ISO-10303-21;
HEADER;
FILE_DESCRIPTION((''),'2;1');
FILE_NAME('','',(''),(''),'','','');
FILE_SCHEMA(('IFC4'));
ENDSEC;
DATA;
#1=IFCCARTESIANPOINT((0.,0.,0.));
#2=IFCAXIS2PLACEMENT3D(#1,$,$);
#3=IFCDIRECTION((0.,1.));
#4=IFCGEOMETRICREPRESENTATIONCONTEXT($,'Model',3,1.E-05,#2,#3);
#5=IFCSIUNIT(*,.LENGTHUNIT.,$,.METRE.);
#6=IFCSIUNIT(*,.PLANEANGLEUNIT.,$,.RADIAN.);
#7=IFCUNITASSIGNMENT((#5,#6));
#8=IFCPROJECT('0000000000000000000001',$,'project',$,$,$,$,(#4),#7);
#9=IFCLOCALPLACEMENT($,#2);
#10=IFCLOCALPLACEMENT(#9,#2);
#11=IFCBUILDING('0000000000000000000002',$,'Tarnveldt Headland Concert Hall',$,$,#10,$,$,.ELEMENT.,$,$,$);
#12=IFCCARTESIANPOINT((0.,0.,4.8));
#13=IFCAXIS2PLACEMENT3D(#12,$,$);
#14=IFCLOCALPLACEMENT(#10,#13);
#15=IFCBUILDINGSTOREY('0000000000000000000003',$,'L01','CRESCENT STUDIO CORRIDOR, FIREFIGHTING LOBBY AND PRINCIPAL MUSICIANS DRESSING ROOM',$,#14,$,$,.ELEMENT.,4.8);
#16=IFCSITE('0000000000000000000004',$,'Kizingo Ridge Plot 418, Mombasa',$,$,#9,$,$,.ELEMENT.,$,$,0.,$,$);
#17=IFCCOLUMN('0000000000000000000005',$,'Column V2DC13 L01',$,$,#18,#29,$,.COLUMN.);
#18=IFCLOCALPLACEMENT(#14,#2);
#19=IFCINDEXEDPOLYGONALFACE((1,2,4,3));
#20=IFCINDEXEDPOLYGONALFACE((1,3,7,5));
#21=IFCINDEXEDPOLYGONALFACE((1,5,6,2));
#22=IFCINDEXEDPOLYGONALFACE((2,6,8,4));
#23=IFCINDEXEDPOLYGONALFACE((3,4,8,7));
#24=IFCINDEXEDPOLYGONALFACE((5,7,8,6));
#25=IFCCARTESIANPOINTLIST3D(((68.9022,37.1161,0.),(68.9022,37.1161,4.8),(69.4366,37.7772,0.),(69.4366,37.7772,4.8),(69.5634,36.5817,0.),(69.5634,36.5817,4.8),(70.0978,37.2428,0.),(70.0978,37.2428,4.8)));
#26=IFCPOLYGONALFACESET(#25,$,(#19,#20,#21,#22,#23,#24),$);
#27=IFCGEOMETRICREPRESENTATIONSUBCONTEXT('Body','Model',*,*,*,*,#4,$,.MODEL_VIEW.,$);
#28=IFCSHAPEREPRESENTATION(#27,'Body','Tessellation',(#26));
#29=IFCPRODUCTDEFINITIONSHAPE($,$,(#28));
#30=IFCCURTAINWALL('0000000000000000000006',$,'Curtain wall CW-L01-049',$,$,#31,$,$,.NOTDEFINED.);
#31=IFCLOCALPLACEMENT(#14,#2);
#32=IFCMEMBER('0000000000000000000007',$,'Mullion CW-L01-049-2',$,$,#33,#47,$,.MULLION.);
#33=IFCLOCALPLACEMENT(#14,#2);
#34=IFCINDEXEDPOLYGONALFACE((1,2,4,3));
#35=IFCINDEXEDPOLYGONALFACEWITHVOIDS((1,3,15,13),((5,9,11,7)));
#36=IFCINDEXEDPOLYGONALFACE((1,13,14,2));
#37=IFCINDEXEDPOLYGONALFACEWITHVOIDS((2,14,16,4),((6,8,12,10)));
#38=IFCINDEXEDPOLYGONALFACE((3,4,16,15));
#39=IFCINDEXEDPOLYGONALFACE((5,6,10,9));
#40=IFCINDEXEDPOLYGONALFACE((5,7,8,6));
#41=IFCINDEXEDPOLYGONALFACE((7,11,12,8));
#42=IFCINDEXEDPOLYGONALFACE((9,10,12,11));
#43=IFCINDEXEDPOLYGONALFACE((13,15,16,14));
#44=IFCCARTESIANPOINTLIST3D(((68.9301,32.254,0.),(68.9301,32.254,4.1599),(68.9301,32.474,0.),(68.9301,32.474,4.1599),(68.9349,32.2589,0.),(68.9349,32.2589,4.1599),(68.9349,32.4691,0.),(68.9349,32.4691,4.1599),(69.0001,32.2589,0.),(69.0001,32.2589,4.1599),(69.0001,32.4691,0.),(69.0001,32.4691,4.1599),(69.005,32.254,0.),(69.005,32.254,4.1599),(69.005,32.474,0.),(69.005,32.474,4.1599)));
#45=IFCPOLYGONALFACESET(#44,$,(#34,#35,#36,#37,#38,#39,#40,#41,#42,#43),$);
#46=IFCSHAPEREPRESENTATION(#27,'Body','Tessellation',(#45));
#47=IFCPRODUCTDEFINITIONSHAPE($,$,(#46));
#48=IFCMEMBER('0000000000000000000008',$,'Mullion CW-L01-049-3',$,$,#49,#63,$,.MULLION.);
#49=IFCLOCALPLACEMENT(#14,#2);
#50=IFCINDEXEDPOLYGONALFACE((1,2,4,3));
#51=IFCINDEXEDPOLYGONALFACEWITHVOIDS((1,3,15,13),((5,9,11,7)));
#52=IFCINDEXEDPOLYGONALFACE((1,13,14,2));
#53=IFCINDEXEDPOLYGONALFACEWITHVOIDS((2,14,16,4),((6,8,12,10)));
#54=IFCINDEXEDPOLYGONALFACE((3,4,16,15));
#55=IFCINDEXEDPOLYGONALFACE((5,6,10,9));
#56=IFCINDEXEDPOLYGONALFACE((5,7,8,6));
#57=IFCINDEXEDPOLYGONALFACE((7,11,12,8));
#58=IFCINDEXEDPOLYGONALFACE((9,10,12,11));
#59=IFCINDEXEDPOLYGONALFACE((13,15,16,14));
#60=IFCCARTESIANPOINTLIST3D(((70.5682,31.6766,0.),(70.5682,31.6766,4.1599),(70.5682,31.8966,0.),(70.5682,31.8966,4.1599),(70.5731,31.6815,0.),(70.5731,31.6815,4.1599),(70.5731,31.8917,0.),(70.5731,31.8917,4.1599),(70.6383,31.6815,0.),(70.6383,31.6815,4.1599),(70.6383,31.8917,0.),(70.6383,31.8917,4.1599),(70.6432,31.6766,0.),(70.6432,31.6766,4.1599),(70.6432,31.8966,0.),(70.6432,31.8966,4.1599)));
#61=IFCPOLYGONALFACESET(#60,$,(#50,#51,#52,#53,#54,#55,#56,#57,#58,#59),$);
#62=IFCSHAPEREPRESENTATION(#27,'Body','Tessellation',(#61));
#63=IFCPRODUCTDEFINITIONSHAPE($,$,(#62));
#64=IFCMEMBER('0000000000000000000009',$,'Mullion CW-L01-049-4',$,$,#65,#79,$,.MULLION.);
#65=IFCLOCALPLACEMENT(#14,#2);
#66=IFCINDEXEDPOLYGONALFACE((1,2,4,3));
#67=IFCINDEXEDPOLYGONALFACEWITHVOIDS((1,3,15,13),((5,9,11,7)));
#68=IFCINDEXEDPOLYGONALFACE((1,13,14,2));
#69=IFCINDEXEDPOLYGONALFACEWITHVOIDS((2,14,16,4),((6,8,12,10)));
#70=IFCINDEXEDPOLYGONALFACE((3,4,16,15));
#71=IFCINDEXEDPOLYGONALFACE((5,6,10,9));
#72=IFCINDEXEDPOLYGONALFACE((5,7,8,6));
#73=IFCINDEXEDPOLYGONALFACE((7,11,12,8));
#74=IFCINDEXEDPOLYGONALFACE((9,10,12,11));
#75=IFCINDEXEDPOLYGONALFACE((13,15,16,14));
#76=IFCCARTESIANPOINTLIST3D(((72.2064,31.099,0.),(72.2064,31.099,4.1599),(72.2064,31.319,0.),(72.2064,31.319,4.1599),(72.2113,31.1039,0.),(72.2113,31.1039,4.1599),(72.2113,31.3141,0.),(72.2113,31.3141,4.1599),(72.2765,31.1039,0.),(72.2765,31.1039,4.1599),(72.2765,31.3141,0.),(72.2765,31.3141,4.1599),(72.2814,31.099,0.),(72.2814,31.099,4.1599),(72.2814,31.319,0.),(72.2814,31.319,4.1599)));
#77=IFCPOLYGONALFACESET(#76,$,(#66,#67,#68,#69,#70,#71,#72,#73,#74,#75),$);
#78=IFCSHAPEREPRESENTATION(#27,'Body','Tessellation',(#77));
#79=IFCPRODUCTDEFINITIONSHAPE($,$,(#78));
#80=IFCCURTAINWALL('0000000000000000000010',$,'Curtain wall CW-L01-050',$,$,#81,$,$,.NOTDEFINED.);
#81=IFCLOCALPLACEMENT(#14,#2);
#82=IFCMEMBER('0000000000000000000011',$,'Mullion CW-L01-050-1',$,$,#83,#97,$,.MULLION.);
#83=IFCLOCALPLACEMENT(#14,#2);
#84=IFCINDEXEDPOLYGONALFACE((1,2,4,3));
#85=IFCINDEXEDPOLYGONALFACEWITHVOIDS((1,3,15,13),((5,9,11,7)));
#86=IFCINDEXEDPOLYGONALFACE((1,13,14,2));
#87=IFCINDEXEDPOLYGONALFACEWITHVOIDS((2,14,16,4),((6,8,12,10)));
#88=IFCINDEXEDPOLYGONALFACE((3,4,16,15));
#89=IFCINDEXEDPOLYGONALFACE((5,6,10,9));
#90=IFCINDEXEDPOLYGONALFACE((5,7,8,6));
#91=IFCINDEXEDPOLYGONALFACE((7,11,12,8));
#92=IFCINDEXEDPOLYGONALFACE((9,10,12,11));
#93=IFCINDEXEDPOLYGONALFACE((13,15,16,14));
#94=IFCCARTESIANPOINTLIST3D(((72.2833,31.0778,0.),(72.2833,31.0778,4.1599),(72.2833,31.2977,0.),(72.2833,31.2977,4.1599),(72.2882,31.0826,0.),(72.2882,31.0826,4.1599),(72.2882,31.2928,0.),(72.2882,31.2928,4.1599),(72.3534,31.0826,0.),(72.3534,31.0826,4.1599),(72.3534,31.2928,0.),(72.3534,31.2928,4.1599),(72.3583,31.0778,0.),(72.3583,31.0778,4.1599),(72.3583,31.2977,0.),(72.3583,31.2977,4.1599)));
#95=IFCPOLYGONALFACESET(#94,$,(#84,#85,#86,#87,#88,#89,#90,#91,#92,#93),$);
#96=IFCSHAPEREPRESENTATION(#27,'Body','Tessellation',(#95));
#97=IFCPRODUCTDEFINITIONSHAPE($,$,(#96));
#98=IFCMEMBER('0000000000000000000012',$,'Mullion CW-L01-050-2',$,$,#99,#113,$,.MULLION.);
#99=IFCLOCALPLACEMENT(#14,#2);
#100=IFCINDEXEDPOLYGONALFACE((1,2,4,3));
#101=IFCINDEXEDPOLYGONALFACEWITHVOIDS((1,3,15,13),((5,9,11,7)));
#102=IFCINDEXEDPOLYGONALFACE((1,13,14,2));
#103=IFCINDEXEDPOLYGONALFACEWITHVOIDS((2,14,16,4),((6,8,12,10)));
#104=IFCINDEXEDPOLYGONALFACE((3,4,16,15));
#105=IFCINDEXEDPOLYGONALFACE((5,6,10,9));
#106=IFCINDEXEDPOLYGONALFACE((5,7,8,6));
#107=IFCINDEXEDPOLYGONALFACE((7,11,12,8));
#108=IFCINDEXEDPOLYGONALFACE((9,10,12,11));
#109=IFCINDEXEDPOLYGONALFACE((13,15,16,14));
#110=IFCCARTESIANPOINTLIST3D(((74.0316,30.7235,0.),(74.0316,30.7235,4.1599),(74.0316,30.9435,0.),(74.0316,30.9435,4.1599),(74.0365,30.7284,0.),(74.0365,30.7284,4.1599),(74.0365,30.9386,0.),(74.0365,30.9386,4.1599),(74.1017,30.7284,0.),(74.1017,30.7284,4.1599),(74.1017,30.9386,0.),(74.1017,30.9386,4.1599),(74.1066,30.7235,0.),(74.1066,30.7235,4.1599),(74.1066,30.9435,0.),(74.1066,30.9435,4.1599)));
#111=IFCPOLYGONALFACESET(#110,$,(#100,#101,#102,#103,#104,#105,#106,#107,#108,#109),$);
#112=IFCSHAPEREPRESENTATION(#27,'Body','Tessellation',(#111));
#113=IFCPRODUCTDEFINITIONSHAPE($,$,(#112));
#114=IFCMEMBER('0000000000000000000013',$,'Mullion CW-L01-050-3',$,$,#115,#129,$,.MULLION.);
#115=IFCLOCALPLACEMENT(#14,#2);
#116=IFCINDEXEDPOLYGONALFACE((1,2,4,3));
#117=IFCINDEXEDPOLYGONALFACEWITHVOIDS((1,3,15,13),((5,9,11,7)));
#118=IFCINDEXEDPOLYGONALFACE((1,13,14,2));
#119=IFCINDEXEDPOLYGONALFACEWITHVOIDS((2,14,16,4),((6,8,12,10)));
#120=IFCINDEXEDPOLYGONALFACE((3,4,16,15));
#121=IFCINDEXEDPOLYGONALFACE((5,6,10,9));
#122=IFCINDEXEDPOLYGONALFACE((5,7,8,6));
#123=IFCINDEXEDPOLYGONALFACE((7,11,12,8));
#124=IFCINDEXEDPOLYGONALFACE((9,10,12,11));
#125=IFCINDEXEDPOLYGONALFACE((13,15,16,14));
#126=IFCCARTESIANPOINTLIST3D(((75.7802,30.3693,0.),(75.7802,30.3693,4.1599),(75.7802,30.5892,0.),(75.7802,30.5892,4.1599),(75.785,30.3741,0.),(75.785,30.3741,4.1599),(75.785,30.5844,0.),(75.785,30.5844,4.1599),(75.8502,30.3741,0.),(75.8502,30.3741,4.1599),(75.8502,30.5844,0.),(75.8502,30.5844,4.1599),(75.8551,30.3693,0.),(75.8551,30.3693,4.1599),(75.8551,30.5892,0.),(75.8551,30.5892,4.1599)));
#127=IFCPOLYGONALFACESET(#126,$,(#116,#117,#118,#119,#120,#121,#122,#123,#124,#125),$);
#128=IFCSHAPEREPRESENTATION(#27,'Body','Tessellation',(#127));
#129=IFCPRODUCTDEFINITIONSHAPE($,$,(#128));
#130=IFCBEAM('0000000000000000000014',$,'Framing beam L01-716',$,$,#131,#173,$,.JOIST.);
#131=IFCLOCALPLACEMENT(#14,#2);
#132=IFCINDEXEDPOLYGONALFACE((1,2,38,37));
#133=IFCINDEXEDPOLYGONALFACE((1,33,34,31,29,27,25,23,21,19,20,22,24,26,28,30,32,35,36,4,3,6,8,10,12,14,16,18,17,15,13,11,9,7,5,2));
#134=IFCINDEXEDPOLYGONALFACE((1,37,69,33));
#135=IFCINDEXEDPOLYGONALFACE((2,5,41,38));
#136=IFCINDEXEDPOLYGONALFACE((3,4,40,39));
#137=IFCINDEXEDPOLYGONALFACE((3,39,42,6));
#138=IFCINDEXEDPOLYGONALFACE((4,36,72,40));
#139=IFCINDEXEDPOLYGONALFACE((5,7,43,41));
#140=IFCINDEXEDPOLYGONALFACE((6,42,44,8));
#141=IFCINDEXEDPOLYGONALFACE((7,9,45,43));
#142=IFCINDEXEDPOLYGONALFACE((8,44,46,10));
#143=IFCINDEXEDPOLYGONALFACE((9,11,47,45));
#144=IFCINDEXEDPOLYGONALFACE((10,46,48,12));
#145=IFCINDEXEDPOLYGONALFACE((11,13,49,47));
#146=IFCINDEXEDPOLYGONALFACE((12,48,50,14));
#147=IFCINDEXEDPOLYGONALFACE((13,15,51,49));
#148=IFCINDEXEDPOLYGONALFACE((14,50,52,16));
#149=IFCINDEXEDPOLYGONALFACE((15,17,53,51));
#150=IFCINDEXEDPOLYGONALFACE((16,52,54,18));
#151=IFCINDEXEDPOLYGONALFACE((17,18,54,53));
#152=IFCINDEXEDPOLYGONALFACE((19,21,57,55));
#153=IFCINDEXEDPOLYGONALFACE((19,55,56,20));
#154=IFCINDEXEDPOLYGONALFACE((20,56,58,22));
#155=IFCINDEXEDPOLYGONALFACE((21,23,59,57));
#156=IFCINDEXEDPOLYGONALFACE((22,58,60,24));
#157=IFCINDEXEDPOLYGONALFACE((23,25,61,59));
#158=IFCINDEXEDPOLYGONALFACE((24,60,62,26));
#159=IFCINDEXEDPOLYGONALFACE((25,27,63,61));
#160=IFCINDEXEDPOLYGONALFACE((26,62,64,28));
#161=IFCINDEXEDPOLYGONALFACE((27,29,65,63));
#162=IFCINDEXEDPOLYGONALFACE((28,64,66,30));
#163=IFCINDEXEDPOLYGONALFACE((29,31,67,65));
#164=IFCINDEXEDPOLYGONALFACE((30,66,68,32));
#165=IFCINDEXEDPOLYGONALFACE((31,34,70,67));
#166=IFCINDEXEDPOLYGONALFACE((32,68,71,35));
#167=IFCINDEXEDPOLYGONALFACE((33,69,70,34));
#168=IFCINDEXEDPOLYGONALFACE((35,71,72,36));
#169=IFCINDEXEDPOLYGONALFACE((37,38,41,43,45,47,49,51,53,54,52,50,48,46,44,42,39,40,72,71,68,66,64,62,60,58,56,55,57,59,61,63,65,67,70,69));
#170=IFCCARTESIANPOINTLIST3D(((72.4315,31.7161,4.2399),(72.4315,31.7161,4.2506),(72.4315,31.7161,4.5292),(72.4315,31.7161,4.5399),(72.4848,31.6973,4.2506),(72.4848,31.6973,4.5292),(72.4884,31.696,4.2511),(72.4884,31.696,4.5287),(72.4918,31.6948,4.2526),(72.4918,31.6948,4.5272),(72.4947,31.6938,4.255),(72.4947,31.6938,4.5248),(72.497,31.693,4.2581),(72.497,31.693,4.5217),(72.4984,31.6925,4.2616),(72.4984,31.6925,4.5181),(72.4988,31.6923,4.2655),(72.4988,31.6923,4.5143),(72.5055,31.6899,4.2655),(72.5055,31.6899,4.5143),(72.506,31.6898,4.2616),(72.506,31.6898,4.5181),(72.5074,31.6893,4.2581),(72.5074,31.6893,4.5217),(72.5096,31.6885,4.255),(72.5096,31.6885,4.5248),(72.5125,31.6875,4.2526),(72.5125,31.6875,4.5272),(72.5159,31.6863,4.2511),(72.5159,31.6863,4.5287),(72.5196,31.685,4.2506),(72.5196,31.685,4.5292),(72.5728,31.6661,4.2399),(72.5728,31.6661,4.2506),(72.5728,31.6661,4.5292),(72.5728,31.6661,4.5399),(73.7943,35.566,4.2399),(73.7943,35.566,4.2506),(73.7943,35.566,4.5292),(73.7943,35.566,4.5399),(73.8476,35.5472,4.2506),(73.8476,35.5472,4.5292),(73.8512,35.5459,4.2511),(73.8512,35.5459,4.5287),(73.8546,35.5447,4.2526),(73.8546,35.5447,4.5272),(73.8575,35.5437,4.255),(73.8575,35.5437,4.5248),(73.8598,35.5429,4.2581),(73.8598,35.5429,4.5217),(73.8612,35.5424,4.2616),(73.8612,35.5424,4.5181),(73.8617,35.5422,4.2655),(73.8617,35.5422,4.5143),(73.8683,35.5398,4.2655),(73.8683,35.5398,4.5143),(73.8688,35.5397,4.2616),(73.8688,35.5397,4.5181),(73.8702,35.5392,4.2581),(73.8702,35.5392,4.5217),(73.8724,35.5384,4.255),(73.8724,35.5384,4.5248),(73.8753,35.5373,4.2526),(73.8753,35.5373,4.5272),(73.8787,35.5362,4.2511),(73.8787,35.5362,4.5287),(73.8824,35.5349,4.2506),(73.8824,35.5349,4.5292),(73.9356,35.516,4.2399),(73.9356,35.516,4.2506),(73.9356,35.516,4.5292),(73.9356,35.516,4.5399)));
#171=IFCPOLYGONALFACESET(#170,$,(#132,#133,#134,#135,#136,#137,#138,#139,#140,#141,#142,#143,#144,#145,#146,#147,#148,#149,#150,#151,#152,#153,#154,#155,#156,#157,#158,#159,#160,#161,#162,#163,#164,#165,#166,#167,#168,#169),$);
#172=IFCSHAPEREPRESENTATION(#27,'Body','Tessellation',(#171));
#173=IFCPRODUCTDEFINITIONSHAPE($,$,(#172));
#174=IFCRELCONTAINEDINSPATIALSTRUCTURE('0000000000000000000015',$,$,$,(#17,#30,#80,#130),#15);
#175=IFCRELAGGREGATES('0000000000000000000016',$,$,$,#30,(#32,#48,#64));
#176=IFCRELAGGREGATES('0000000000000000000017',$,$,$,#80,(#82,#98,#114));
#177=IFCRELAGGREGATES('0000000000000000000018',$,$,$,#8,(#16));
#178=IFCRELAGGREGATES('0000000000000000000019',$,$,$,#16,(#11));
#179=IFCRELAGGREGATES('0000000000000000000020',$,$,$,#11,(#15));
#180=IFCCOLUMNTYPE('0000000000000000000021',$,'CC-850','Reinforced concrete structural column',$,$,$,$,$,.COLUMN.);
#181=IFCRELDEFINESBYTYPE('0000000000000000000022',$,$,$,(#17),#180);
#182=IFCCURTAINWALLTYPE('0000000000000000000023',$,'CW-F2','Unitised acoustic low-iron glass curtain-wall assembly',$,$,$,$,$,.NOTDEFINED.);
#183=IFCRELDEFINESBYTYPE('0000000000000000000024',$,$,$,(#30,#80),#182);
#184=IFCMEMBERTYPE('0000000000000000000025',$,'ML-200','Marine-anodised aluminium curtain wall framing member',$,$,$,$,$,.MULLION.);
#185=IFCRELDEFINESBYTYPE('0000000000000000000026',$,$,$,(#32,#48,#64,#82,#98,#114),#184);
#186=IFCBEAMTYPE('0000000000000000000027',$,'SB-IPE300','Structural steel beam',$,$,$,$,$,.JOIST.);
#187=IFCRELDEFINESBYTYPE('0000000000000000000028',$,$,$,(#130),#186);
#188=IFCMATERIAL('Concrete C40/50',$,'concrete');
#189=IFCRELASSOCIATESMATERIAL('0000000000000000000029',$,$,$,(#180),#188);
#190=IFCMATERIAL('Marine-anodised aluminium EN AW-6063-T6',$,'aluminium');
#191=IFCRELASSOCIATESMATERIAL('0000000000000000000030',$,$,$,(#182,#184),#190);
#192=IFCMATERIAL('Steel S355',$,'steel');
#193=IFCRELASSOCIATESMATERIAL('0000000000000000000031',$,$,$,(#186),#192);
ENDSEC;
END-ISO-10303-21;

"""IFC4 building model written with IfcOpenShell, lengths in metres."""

from ifc_helpers import new_model, si_unit, direction, frame, origin, origin_2d, place, context, subcontext, project, spatial, rectangle, hollow_rectangle, i_section, extrude, material, material_profile, profile_set, type_object, element, aggregate, save


model = new_model("IFC4")

# Units and contexts
model_context = context("Model", 3, precision=1e-05, world=origin(), true_north=direction((0.0, 1.0)))
body_context = subcontext(model_context, "Body", "Model", "MODEL_VIEW")
ifc_project = project(units=[si_unit("LENGTHUNIT", "METRE"), si_unit("PLANEANGLEUNIT", "RADIAN")], contexts=[model_context])

# Site, building, storey
site_placement = place(None, origin())
site = spatial("IfcSite", under=ifc_project, at=site_placement, Name="Kizingo Ridge Plot 418, Mombasa", CompositionType="ELEMENT", RefElevation=0.0)
building_placement = place(site_placement, origin())
building = spatial("IfcBuilding", under=site, at=building_placement, Name="Tarnveldt Headland Concert Hall", CompositionType="ELEMENT")
storey_placement = place(building_placement, frame((0.0, 0.0, 4.8)))
storey = spatial("IfcBuildingStorey", under=building, at=storey_placement, Name="L01", Description="CRESCENT STUDIO CORRIDOR, FIREFIGHTING LOBBY AND PRINCIPAL MUSICIANS DRESSING ROOM", CompositionType="ELEMENT", Elevation=4.8)

# Column
ifc_material_1 = material(Name="Concrete C40/50", Category="concrete")
ifc_material_profile_1 = material_profile(ifc_material_1, rectangle(XDim=0.8501, YDim=0.8501, at=origin_2d()), Name="RC 850x850", Category="concrete")
ifc_profile_set_1 = profile_set([ifc_material_profile_1], Name="Concrete C40/50")
column_type = type_object("IfcColumnType", Name="CC-850", Description="Reinforced concrete structural column", PredefinedType="COLUMN", material=ifc_profile_set_1)
column_placement = place(storey_placement, frame((69.5, 37.1794, 0.0), z_axis=(0.0, 0.0, 1.0), x_axis=(-0.628642, -0.777695, 0.0)))
element("IfcColumn", 1, at=column_placement, inside=storey, type_object=column_type, Name="Column V2DC13 L01", PredefinedType="COLUMN", context=body_context, shape_type="SweptSolid", body=[
    extrude(rectangle(XDim=0.8501, YDim=0.8501, at=origin_2d()), origin(), (0.0, 0.0, 1.0), 4.8),
])

# Curtain walls, members
ifc_material_2 = material(Name="Marine-anodised aluminium EN AW-6063-T6", Category="aluminium")
curtain_wall_type = type_object("IfcCurtainWallType", Name="CW-F2", Description="Unitised acoustic low-iron glass curtain-wall assembly", PredefinedType="NOTDEFINED", material=ifc_material_2)
curtain_wall_1_placement = place(storey_placement, origin())
curtain_wall_1 = element("IfcCurtainWall", 2, at=curtain_wall_1_placement, inside=storey, type_object=curtain_wall_type, Name="Curtain wall CW-L01-049", PredefinedType="NOTDEFINED")
ifc_material_profile_2 = material_profile(ifc_material_2, hollow_rectangle(XDim=0.075, YDim=0.22, WallThickness=0.0049, at=origin_2d()), Name="ALU MULLION 75x220x5", Category="aluminium")
ifc_profile_set_2 = profile_set([ifc_material_profile_2], Name="Marine-anodised aluminium EN AW-6063-T6")
member_type_1 = type_object("IfcMemberType", Name="ML-200", Description="Marine-anodised aluminium curtain wall framing member", PredefinedType="MULLION", material=ifc_profile_set_2)
member_1_placement = place(storey_placement, frame((68.9675, 32.364, 0.0), z_axis=(0.0, 0.0, 1.0), x_axis=(1.0, 0.0, 0.0)))
member_1 = element("IfcMember", 3, at=member_1_placement, type_object=member_type_1, Name="Mullion CW-L01-049-2", PredefinedType="MULLION", context=body_context, shape_type="SweptSolid", body=[
    extrude(hollow_rectangle(XDim=0.075, YDim=0.22, WallThickness=0.0049, at=origin_2d()), origin(), (0.0, 0.0, 1.0), 4.1599),
])
member_2_placement = place(storey_placement, frame((70.6057, 31.7866, 0.0), z_axis=(0.0, 0.0, 1.0), x_axis=(1.0, 0.0, 0.0)))
member_2 = element("IfcMember", 4, at=member_2_placement, type_object=member_type_1, Name="Mullion CW-L01-049-3", PredefinedType="MULLION", context=body_context, shape_type="SweptSolid", body=[
    extrude(hollow_rectangle(XDim=0.075, YDim=0.22, WallThickness=0.0049, at=origin_2d()), origin(), (0.0, 0.0, 1.0), 4.1599),
])
member_3_placement = place(storey_placement, frame((72.2439, 31.209, 0.0), z_axis=(0.0, 0.0, 1.0), x_axis=(1.0, 0.0, 0.0)))
member_3 = element("IfcMember", 5, at=member_3_placement, type_object=member_type_1, Name="Mullion CW-L01-049-4", PredefinedType="MULLION", context=body_context, shape_type="SweptSolid", body=[
    extrude(hollow_rectangle(XDim=0.075, YDim=0.22, WallThickness=0.0049, at=origin_2d()), origin(), (0.0, 0.0, 1.0), 4.1599),
])
curtain_wall_2_placement = place(storey_placement, origin())
curtain_wall_2 = element("IfcCurtainWall", 6, at=curtain_wall_2_placement, inside=storey, type_object=curtain_wall_type, Name="Curtain wall CW-L01-050", PredefinedType="NOTDEFINED")
member_4_placement = place(storey_placement, frame((72.3208, 31.1877, 0.0), z_axis=(0.0, 0.0, 1.0), x_axis=(1.0, 0.0, 0.0)))
member_4 = element("IfcMember", 7, at=member_4_placement, type_object=member_type_1, Name="Mullion CW-L01-050-1", PredefinedType="MULLION", context=body_context, shape_type="SweptSolid", body=[
    extrude(hollow_rectangle(XDim=0.075, YDim=0.22, WallThickness=0.0049, at=origin_2d()), origin(), (0.0, 0.0, 1.0), 4.1599),
])
member_5_placement = place(storey_placement, frame((74.0691, 30.8335, 0.0), z_axis=(0.0, 0.0, 1.0), x_axis=(1.0, 0.0, 0.0)))
member_5 = element("IfcMember", 8, at=member_5_placement, type_object=member_type_1, Name="Mullion CW-L01-050-2", PredefinedType="MULLION", context=body_context, shape_type="SweptSolid", body=[
    extrude(hollow_rectangle(XDim=0.075, YDim=0.22, WallThickness=0.0049, at=origin_2d()), origin(), (0.0, 0.0, 1.0), 4.1599),
])
member_6_placement = place(storey_placement, frame((75.8176, 30.4792, 0.0), z_axis=(0.0, 0.0, 1.0), x_axis=(1.0, 0.0, 0.0)))
member_6 = element("IfcMember", 9, at=member_6_placement, type_object=member_type_1, Name="Mullion CW-L01-050-3", PredefinedType="MULLION", context=body_context, shape_type="SweptSolid", body=[
    extrude(hollow_rectangle(XDim=0.075, YDim=0.22, WallThickness=0.0049, at=origin_2d()), origin(), (0.0, 0.0, 1.0), 4.1599),
])

# Beam
ifc_material_3 = material(Name="Steel S355", Category="steel")
ifc_material_profile_3 = material_profile(ifc_material_3, i_section(OverallWidth=0.1499, OverallDepth=0.3, WebThickness=0.0071, FlangeThickness=0.0107, FilletRadius=0.0149, at=origin_2d()), Name="IPE300", Category="steel")
ifc_profile_set_3 = profile_set([ifc_material_profile_3], Name="Steel S355")
beam_type_1 = type_object("IfcBeamType", Name="SB-IPE300", Description="Structural steel beam", PredefinedType="JOIST", material=ifc_profile_set_3)
beam_1_placement = place(storey_placement, frame((73.865, 35.541, 4.3899), z_axis=(-0.333696, -0.942681, 0.0), x_axis=(0.942681, -0.333696, 0.0)))
element("IfcBeam", 10, at=beam_1_placement, inside=storey, type_object=beam_type_1, Name="Framing beam L01-716", PredefinedType="JOIST", context=body_context, shape_type="SweptSolid", body=[
    extrude(i_section(OverallWidth=0.1499, OverallDepth=0.3, WebThickness=0.0071, FlangeThickness=0.0107, FilletRadius=0.0149, at=origin_2d()), origin(), (0.0, 0.0, 1.0), 4.084),
])

aggregate(curtain_wall_1, [member_1, member_2, member_3])
aggregate(curtain_wall_2, [member_4, member_5, member_6])

save(model, "model.ifc")
